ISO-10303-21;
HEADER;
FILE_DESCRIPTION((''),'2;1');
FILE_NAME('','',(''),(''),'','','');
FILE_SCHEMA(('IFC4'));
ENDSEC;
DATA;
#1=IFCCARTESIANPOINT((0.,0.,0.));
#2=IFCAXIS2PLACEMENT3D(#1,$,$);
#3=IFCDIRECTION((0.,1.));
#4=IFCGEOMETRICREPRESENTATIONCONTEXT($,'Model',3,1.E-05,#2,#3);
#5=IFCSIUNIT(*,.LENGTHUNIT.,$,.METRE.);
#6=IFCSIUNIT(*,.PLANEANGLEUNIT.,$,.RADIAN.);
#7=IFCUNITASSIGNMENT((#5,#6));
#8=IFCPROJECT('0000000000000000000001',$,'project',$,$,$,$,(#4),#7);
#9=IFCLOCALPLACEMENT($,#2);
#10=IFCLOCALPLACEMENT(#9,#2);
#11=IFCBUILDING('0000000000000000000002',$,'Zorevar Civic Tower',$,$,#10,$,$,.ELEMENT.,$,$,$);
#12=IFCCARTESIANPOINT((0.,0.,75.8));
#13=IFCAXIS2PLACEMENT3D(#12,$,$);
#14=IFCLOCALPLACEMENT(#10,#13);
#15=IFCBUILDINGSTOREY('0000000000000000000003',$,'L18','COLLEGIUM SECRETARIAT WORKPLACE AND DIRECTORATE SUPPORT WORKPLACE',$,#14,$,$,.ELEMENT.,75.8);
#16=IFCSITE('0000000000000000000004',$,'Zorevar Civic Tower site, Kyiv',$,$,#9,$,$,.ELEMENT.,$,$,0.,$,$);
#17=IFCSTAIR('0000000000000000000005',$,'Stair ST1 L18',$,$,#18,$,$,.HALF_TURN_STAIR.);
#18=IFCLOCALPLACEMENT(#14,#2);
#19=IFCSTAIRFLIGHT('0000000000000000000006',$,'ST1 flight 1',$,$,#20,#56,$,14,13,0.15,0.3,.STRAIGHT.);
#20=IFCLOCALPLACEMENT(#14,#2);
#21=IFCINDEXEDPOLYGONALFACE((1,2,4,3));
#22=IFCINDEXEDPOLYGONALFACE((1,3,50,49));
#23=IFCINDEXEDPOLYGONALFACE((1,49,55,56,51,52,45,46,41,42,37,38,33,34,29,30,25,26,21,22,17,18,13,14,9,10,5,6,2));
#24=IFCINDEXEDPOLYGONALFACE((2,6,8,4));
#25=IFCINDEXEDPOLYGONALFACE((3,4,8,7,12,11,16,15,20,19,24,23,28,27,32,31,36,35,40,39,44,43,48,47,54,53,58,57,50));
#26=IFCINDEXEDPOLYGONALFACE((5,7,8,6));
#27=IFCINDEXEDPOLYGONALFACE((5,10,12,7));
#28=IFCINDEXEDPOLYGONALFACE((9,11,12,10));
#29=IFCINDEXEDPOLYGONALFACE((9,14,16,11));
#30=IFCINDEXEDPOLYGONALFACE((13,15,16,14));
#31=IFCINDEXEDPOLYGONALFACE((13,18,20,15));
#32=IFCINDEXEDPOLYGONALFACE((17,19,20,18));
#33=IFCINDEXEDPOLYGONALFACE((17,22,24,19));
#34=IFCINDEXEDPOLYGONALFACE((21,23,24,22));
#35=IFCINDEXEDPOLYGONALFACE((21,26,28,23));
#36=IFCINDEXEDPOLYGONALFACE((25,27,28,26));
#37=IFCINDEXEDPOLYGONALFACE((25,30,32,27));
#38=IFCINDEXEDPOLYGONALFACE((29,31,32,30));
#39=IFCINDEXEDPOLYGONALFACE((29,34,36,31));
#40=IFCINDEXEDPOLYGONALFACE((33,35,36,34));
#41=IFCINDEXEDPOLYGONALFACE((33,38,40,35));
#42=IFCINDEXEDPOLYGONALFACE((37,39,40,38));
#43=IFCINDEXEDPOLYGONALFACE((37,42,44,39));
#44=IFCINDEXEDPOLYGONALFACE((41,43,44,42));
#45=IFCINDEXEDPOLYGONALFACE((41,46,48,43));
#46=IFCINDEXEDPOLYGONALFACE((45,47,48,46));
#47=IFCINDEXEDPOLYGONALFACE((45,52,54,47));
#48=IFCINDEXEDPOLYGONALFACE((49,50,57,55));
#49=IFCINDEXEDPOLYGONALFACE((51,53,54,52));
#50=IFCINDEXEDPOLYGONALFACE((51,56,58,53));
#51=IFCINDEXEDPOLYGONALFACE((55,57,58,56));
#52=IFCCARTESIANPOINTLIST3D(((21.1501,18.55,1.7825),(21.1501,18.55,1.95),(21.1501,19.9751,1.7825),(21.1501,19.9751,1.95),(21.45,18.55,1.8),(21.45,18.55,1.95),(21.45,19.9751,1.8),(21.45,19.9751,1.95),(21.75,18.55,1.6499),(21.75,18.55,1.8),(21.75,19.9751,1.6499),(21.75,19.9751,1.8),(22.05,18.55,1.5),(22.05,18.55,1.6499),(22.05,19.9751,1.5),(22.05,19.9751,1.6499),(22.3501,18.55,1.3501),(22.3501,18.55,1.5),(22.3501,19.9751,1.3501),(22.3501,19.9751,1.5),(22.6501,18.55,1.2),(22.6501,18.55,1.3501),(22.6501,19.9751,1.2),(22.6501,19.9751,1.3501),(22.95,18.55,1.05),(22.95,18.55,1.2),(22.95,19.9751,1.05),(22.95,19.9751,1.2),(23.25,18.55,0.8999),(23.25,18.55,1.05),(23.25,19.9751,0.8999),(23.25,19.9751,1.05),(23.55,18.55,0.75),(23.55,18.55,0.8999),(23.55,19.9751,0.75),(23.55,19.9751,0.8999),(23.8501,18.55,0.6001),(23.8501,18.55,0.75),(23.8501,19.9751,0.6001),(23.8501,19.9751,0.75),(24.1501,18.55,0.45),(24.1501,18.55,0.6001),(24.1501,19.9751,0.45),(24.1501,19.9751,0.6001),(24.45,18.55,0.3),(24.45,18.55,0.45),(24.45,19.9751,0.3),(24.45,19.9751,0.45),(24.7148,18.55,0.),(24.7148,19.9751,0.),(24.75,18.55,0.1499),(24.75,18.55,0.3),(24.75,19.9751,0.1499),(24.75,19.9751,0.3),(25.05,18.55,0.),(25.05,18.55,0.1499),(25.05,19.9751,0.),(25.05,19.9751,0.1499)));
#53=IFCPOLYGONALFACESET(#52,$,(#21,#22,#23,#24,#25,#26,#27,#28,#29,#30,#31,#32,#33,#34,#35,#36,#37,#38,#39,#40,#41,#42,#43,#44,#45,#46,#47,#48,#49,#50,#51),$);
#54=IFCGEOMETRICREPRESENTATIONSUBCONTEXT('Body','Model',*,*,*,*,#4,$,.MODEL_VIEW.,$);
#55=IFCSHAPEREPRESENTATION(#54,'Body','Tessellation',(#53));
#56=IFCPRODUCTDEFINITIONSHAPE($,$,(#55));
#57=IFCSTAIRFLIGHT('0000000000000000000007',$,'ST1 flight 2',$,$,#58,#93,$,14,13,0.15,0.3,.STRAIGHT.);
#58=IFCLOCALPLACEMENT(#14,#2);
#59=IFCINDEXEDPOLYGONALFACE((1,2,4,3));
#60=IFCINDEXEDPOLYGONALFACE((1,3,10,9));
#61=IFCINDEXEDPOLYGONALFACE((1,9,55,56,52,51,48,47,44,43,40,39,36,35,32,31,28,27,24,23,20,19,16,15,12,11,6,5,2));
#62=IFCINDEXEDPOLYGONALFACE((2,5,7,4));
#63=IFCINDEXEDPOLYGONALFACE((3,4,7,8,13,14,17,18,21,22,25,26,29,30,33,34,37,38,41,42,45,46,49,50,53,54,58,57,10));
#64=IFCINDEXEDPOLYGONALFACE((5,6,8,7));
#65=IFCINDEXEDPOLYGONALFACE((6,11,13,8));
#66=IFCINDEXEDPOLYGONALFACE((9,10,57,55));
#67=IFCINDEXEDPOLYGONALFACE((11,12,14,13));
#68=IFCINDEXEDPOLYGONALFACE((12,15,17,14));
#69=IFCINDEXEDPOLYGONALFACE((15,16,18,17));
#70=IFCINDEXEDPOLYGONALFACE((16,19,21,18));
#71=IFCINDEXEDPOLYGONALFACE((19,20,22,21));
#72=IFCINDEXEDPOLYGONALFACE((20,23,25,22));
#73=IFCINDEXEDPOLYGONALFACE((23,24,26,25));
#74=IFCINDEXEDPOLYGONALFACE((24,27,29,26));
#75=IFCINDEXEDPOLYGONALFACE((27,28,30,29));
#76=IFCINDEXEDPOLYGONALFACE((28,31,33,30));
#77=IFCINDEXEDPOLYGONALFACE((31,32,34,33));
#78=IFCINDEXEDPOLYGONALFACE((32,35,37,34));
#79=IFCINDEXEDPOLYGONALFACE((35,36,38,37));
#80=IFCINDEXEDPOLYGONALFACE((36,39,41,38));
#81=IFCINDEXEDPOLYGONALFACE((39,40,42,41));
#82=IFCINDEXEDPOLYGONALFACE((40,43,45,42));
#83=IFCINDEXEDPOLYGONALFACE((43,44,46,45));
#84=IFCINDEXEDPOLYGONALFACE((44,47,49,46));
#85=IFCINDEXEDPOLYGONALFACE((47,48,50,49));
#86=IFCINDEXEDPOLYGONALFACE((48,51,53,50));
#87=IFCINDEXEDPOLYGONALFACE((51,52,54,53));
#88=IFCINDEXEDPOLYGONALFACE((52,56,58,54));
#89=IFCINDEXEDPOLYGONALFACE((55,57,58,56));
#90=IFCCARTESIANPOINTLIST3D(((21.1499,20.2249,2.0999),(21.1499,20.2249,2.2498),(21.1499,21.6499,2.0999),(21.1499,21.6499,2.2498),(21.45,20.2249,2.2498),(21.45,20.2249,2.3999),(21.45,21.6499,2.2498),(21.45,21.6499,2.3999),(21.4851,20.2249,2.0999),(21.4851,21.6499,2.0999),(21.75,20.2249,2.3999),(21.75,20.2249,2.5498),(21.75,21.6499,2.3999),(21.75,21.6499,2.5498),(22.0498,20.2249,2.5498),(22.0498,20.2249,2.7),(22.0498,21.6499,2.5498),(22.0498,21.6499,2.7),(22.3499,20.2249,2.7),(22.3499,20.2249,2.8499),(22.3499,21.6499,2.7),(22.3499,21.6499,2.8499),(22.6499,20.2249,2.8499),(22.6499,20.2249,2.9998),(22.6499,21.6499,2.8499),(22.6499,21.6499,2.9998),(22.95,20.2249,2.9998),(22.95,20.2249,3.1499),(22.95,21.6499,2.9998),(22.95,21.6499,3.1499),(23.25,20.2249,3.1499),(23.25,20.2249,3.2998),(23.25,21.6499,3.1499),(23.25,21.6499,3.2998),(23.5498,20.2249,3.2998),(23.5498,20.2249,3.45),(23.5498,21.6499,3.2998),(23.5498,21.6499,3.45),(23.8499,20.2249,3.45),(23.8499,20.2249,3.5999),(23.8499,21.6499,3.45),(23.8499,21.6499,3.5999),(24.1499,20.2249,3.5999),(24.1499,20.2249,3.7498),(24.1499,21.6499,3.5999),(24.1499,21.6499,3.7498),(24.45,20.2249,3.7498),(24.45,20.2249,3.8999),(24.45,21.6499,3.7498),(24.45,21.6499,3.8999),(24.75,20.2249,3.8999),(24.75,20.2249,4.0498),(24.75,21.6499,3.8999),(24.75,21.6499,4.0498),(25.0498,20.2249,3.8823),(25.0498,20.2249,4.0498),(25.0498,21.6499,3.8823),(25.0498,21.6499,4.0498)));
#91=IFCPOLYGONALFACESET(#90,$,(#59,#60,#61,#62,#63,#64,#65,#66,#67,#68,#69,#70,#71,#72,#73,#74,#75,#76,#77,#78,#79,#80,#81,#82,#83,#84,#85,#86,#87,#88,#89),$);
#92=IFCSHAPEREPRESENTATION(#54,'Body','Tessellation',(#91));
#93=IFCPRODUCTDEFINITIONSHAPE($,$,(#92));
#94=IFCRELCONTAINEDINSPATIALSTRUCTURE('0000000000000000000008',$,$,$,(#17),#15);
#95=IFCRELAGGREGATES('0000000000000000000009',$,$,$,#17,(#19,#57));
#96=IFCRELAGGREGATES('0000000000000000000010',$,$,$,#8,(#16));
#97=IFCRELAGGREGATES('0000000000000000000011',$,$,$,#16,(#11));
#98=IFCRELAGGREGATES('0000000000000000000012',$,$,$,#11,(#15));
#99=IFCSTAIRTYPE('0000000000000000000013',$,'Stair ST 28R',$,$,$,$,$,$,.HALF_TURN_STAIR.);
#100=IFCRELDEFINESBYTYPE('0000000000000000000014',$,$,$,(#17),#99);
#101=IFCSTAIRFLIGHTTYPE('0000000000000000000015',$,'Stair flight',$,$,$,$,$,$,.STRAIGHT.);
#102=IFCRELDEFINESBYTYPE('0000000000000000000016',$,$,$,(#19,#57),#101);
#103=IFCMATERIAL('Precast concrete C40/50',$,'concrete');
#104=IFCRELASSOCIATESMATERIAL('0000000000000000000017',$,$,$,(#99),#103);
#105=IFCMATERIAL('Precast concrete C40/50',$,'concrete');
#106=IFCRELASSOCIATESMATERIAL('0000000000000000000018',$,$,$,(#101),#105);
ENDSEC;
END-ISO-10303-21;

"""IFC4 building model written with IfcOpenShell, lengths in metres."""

from ifc_helpers import new_model, si_unit, direction, frame, origin, place, context, subcontext, project, spatial, polyline, outline, extrude, material, type_object, element, aggregate, save


model = new_model("IFC4")

# Units and contexts
model_context = context("Model", 3, precision=1e-05, world=origin(), true_north=direction((0.0, 1.0)))
body_context = subcontext(model_context, "Body", "Model", "MODEL_VIEW")
ifc_project = project(units=[si_unit("LENGTHUNIT", "METRE"), si_unit("PLANEANGLEUNIT", "RADIAN")], contexts=[model_context])

# Site, building, storey
site_placement = place(None, origin())
site = spatial("IfcSite", under=ifc_project, at=site_placement, Name="Zorevar Civic Tower site, Kyiv", CompositionType="ELEMENT", RefElevation=0.0)
building_placement = place(site_placement, origin())
building = spatial("IfcBuilding", under=site, at=building_placement, Name="Zorevar Civic Tower", CompositionType="ELEMENT")
storey_placement = place(building_placement, frame((0.0, 0.0, 75.8)))
storey = spatial("IfcBuildingStorey", under=building, at=storey_placement, Name="L18", Description="COLLEGIUM SECRETARIAT WORKPLACE AND DIRECTORATE SUPPORT WORKPLACE", CompositionType="ELEMENT", Elevation=75.8)

# Stair, stair flights
ifc_material_1 = material(Name="Precast concrete C40/50", Category="concrete")
stair_type = type_object("IfcStairType", Name="Stair ST 28R", PredefinedType="HALF_TURN_STAIR", material=ifc_material_1)
stair_placement = place(storey_placement, origin())
stair = element("IfcStair", 1, at=stair_placement, inside=storey, type_object=stair_type, Name="Stair ST1 L18", PredefinedType="HALF_TURN_STAIR")
ifc_material_2 = material(Name="Precast concrete C40/50", Category="concrete")
stair_flight_type = type_object("IfcStairFlightType", Name="Stair flight", PredefinedType="STRAIGHT", material=ifc_material_2)
stair_flight_1_placement = place(storey_placement, frame((25.05, 19.2625, 0.0), z_axis=(0.0, 0.0, 1.0), x_axis=(-1.0, 0.0, 0.0)))
stair_flight_1 = element("IfcStairFlight", 2, at=stair_flight_1_placement, type_object=stair_flight_type, Name="ST1 flight 1", NumberOfRisers=14, NumberOfTreads=13, PredefinedType="STRAIGHT", RiserHeight=0.15, TreadLength=0.3, context=body_context, shape_type="SweptSolid", body=[
    extrude(outline(polyline([(0.0, 0.0), (0.0, 0.1499), (0.3, 0.1499), (0.3, 0.3), (0.6001, 0.3), (0.6001, 0.45), (0.8999, 0.45), (0.8999, 0.6001), (1.2, 0.6001), (1.2, 0.75), (1.5, 0.75), (1.5, 0.8999), (1.8, 0.8999), (1.8, 1.05), (2.1001, 1.05), (2.1001, 1.2), (2.3999, 1.2), (2.3999, 1.3501), (2.7, 1.3501), (2.7, 1.5), (3.0, 1.5), (3.0, 1.6499), (3.3, 1.6499), (3.3, 1.8), (3.6001, 1.8), (3.6001, 1.95), (3.8999, 1.95), (3.8999, 2.1001), (3.8999, 1.7825), (0.3352, 0.0), (0.0, 0.0)])), frame((0.0, 0.7124, 0.0), z_axis=(0.0, -1.0, 0.0), x_axis=(1.0, 0.0, 0.0)), (0.0, 0.0, 1.0), 1.425),
])
stair_flight_2_placement = place(storey_placement, frame((21.1499, 20.9375, 2.0999), z_axis=(0.0, 0.0, 1.0), x_axis=(1.0, 0.0, 0.0)))
stair_flight_2 = element("IfcStairFlight", 3, at=stair_flight_2_placement, type_object=stair_flight_type, Name="ST1 flight 2", NumberOfRisers=14, NumberOfTreads=13, PredefinedType="STRAIGHT", RiserHeight=0.15, TreadLength=0.3, context=body_context, shape_type="SweptSolid", body=[
    extrude(outline(polyline([(0.0, 0.0), (0.0, 0.1499), (0.3, 0.1499), (0.3, 0.3), (0.6001, 0.3), (0.6001, 0.45), (0.8999, 0.45), (0.8999, 0.6001), (1.2, 0.6001), (1.2, 0.75), (1.5, 0.75), (1.5, 0.8999), (1.8, 0.8999), (1.8, 1.05), (2.1001, 1.05), (2.1001, 1.2), (2.3999, 1.2), (2.3999, 1.3501), (2.7, 1.3501), (2.7, 1.5), (3.0, 1.5), (3.0, 1.6499), (3.3, 1.6499), (3.3, 1.8), (3.6001, 1.8), (3.6001, 1.95), (3.8999, 1.95), (3.8999, 2.1001), (3.8999, 1.7825), (0.3352, 0.0), (0.0, 0.0)])), frame((0.0, 0.7124, 0.0), z_axis=(0.0, -1.0, 0.0), x_axis=(1.0, 0.0, 0.0)), (0.0, 0.0, 1.0), 1.425),
])
aggregate(stair, [stair_flight_1, stair_flight_2])

save(model, "model.ifc")
